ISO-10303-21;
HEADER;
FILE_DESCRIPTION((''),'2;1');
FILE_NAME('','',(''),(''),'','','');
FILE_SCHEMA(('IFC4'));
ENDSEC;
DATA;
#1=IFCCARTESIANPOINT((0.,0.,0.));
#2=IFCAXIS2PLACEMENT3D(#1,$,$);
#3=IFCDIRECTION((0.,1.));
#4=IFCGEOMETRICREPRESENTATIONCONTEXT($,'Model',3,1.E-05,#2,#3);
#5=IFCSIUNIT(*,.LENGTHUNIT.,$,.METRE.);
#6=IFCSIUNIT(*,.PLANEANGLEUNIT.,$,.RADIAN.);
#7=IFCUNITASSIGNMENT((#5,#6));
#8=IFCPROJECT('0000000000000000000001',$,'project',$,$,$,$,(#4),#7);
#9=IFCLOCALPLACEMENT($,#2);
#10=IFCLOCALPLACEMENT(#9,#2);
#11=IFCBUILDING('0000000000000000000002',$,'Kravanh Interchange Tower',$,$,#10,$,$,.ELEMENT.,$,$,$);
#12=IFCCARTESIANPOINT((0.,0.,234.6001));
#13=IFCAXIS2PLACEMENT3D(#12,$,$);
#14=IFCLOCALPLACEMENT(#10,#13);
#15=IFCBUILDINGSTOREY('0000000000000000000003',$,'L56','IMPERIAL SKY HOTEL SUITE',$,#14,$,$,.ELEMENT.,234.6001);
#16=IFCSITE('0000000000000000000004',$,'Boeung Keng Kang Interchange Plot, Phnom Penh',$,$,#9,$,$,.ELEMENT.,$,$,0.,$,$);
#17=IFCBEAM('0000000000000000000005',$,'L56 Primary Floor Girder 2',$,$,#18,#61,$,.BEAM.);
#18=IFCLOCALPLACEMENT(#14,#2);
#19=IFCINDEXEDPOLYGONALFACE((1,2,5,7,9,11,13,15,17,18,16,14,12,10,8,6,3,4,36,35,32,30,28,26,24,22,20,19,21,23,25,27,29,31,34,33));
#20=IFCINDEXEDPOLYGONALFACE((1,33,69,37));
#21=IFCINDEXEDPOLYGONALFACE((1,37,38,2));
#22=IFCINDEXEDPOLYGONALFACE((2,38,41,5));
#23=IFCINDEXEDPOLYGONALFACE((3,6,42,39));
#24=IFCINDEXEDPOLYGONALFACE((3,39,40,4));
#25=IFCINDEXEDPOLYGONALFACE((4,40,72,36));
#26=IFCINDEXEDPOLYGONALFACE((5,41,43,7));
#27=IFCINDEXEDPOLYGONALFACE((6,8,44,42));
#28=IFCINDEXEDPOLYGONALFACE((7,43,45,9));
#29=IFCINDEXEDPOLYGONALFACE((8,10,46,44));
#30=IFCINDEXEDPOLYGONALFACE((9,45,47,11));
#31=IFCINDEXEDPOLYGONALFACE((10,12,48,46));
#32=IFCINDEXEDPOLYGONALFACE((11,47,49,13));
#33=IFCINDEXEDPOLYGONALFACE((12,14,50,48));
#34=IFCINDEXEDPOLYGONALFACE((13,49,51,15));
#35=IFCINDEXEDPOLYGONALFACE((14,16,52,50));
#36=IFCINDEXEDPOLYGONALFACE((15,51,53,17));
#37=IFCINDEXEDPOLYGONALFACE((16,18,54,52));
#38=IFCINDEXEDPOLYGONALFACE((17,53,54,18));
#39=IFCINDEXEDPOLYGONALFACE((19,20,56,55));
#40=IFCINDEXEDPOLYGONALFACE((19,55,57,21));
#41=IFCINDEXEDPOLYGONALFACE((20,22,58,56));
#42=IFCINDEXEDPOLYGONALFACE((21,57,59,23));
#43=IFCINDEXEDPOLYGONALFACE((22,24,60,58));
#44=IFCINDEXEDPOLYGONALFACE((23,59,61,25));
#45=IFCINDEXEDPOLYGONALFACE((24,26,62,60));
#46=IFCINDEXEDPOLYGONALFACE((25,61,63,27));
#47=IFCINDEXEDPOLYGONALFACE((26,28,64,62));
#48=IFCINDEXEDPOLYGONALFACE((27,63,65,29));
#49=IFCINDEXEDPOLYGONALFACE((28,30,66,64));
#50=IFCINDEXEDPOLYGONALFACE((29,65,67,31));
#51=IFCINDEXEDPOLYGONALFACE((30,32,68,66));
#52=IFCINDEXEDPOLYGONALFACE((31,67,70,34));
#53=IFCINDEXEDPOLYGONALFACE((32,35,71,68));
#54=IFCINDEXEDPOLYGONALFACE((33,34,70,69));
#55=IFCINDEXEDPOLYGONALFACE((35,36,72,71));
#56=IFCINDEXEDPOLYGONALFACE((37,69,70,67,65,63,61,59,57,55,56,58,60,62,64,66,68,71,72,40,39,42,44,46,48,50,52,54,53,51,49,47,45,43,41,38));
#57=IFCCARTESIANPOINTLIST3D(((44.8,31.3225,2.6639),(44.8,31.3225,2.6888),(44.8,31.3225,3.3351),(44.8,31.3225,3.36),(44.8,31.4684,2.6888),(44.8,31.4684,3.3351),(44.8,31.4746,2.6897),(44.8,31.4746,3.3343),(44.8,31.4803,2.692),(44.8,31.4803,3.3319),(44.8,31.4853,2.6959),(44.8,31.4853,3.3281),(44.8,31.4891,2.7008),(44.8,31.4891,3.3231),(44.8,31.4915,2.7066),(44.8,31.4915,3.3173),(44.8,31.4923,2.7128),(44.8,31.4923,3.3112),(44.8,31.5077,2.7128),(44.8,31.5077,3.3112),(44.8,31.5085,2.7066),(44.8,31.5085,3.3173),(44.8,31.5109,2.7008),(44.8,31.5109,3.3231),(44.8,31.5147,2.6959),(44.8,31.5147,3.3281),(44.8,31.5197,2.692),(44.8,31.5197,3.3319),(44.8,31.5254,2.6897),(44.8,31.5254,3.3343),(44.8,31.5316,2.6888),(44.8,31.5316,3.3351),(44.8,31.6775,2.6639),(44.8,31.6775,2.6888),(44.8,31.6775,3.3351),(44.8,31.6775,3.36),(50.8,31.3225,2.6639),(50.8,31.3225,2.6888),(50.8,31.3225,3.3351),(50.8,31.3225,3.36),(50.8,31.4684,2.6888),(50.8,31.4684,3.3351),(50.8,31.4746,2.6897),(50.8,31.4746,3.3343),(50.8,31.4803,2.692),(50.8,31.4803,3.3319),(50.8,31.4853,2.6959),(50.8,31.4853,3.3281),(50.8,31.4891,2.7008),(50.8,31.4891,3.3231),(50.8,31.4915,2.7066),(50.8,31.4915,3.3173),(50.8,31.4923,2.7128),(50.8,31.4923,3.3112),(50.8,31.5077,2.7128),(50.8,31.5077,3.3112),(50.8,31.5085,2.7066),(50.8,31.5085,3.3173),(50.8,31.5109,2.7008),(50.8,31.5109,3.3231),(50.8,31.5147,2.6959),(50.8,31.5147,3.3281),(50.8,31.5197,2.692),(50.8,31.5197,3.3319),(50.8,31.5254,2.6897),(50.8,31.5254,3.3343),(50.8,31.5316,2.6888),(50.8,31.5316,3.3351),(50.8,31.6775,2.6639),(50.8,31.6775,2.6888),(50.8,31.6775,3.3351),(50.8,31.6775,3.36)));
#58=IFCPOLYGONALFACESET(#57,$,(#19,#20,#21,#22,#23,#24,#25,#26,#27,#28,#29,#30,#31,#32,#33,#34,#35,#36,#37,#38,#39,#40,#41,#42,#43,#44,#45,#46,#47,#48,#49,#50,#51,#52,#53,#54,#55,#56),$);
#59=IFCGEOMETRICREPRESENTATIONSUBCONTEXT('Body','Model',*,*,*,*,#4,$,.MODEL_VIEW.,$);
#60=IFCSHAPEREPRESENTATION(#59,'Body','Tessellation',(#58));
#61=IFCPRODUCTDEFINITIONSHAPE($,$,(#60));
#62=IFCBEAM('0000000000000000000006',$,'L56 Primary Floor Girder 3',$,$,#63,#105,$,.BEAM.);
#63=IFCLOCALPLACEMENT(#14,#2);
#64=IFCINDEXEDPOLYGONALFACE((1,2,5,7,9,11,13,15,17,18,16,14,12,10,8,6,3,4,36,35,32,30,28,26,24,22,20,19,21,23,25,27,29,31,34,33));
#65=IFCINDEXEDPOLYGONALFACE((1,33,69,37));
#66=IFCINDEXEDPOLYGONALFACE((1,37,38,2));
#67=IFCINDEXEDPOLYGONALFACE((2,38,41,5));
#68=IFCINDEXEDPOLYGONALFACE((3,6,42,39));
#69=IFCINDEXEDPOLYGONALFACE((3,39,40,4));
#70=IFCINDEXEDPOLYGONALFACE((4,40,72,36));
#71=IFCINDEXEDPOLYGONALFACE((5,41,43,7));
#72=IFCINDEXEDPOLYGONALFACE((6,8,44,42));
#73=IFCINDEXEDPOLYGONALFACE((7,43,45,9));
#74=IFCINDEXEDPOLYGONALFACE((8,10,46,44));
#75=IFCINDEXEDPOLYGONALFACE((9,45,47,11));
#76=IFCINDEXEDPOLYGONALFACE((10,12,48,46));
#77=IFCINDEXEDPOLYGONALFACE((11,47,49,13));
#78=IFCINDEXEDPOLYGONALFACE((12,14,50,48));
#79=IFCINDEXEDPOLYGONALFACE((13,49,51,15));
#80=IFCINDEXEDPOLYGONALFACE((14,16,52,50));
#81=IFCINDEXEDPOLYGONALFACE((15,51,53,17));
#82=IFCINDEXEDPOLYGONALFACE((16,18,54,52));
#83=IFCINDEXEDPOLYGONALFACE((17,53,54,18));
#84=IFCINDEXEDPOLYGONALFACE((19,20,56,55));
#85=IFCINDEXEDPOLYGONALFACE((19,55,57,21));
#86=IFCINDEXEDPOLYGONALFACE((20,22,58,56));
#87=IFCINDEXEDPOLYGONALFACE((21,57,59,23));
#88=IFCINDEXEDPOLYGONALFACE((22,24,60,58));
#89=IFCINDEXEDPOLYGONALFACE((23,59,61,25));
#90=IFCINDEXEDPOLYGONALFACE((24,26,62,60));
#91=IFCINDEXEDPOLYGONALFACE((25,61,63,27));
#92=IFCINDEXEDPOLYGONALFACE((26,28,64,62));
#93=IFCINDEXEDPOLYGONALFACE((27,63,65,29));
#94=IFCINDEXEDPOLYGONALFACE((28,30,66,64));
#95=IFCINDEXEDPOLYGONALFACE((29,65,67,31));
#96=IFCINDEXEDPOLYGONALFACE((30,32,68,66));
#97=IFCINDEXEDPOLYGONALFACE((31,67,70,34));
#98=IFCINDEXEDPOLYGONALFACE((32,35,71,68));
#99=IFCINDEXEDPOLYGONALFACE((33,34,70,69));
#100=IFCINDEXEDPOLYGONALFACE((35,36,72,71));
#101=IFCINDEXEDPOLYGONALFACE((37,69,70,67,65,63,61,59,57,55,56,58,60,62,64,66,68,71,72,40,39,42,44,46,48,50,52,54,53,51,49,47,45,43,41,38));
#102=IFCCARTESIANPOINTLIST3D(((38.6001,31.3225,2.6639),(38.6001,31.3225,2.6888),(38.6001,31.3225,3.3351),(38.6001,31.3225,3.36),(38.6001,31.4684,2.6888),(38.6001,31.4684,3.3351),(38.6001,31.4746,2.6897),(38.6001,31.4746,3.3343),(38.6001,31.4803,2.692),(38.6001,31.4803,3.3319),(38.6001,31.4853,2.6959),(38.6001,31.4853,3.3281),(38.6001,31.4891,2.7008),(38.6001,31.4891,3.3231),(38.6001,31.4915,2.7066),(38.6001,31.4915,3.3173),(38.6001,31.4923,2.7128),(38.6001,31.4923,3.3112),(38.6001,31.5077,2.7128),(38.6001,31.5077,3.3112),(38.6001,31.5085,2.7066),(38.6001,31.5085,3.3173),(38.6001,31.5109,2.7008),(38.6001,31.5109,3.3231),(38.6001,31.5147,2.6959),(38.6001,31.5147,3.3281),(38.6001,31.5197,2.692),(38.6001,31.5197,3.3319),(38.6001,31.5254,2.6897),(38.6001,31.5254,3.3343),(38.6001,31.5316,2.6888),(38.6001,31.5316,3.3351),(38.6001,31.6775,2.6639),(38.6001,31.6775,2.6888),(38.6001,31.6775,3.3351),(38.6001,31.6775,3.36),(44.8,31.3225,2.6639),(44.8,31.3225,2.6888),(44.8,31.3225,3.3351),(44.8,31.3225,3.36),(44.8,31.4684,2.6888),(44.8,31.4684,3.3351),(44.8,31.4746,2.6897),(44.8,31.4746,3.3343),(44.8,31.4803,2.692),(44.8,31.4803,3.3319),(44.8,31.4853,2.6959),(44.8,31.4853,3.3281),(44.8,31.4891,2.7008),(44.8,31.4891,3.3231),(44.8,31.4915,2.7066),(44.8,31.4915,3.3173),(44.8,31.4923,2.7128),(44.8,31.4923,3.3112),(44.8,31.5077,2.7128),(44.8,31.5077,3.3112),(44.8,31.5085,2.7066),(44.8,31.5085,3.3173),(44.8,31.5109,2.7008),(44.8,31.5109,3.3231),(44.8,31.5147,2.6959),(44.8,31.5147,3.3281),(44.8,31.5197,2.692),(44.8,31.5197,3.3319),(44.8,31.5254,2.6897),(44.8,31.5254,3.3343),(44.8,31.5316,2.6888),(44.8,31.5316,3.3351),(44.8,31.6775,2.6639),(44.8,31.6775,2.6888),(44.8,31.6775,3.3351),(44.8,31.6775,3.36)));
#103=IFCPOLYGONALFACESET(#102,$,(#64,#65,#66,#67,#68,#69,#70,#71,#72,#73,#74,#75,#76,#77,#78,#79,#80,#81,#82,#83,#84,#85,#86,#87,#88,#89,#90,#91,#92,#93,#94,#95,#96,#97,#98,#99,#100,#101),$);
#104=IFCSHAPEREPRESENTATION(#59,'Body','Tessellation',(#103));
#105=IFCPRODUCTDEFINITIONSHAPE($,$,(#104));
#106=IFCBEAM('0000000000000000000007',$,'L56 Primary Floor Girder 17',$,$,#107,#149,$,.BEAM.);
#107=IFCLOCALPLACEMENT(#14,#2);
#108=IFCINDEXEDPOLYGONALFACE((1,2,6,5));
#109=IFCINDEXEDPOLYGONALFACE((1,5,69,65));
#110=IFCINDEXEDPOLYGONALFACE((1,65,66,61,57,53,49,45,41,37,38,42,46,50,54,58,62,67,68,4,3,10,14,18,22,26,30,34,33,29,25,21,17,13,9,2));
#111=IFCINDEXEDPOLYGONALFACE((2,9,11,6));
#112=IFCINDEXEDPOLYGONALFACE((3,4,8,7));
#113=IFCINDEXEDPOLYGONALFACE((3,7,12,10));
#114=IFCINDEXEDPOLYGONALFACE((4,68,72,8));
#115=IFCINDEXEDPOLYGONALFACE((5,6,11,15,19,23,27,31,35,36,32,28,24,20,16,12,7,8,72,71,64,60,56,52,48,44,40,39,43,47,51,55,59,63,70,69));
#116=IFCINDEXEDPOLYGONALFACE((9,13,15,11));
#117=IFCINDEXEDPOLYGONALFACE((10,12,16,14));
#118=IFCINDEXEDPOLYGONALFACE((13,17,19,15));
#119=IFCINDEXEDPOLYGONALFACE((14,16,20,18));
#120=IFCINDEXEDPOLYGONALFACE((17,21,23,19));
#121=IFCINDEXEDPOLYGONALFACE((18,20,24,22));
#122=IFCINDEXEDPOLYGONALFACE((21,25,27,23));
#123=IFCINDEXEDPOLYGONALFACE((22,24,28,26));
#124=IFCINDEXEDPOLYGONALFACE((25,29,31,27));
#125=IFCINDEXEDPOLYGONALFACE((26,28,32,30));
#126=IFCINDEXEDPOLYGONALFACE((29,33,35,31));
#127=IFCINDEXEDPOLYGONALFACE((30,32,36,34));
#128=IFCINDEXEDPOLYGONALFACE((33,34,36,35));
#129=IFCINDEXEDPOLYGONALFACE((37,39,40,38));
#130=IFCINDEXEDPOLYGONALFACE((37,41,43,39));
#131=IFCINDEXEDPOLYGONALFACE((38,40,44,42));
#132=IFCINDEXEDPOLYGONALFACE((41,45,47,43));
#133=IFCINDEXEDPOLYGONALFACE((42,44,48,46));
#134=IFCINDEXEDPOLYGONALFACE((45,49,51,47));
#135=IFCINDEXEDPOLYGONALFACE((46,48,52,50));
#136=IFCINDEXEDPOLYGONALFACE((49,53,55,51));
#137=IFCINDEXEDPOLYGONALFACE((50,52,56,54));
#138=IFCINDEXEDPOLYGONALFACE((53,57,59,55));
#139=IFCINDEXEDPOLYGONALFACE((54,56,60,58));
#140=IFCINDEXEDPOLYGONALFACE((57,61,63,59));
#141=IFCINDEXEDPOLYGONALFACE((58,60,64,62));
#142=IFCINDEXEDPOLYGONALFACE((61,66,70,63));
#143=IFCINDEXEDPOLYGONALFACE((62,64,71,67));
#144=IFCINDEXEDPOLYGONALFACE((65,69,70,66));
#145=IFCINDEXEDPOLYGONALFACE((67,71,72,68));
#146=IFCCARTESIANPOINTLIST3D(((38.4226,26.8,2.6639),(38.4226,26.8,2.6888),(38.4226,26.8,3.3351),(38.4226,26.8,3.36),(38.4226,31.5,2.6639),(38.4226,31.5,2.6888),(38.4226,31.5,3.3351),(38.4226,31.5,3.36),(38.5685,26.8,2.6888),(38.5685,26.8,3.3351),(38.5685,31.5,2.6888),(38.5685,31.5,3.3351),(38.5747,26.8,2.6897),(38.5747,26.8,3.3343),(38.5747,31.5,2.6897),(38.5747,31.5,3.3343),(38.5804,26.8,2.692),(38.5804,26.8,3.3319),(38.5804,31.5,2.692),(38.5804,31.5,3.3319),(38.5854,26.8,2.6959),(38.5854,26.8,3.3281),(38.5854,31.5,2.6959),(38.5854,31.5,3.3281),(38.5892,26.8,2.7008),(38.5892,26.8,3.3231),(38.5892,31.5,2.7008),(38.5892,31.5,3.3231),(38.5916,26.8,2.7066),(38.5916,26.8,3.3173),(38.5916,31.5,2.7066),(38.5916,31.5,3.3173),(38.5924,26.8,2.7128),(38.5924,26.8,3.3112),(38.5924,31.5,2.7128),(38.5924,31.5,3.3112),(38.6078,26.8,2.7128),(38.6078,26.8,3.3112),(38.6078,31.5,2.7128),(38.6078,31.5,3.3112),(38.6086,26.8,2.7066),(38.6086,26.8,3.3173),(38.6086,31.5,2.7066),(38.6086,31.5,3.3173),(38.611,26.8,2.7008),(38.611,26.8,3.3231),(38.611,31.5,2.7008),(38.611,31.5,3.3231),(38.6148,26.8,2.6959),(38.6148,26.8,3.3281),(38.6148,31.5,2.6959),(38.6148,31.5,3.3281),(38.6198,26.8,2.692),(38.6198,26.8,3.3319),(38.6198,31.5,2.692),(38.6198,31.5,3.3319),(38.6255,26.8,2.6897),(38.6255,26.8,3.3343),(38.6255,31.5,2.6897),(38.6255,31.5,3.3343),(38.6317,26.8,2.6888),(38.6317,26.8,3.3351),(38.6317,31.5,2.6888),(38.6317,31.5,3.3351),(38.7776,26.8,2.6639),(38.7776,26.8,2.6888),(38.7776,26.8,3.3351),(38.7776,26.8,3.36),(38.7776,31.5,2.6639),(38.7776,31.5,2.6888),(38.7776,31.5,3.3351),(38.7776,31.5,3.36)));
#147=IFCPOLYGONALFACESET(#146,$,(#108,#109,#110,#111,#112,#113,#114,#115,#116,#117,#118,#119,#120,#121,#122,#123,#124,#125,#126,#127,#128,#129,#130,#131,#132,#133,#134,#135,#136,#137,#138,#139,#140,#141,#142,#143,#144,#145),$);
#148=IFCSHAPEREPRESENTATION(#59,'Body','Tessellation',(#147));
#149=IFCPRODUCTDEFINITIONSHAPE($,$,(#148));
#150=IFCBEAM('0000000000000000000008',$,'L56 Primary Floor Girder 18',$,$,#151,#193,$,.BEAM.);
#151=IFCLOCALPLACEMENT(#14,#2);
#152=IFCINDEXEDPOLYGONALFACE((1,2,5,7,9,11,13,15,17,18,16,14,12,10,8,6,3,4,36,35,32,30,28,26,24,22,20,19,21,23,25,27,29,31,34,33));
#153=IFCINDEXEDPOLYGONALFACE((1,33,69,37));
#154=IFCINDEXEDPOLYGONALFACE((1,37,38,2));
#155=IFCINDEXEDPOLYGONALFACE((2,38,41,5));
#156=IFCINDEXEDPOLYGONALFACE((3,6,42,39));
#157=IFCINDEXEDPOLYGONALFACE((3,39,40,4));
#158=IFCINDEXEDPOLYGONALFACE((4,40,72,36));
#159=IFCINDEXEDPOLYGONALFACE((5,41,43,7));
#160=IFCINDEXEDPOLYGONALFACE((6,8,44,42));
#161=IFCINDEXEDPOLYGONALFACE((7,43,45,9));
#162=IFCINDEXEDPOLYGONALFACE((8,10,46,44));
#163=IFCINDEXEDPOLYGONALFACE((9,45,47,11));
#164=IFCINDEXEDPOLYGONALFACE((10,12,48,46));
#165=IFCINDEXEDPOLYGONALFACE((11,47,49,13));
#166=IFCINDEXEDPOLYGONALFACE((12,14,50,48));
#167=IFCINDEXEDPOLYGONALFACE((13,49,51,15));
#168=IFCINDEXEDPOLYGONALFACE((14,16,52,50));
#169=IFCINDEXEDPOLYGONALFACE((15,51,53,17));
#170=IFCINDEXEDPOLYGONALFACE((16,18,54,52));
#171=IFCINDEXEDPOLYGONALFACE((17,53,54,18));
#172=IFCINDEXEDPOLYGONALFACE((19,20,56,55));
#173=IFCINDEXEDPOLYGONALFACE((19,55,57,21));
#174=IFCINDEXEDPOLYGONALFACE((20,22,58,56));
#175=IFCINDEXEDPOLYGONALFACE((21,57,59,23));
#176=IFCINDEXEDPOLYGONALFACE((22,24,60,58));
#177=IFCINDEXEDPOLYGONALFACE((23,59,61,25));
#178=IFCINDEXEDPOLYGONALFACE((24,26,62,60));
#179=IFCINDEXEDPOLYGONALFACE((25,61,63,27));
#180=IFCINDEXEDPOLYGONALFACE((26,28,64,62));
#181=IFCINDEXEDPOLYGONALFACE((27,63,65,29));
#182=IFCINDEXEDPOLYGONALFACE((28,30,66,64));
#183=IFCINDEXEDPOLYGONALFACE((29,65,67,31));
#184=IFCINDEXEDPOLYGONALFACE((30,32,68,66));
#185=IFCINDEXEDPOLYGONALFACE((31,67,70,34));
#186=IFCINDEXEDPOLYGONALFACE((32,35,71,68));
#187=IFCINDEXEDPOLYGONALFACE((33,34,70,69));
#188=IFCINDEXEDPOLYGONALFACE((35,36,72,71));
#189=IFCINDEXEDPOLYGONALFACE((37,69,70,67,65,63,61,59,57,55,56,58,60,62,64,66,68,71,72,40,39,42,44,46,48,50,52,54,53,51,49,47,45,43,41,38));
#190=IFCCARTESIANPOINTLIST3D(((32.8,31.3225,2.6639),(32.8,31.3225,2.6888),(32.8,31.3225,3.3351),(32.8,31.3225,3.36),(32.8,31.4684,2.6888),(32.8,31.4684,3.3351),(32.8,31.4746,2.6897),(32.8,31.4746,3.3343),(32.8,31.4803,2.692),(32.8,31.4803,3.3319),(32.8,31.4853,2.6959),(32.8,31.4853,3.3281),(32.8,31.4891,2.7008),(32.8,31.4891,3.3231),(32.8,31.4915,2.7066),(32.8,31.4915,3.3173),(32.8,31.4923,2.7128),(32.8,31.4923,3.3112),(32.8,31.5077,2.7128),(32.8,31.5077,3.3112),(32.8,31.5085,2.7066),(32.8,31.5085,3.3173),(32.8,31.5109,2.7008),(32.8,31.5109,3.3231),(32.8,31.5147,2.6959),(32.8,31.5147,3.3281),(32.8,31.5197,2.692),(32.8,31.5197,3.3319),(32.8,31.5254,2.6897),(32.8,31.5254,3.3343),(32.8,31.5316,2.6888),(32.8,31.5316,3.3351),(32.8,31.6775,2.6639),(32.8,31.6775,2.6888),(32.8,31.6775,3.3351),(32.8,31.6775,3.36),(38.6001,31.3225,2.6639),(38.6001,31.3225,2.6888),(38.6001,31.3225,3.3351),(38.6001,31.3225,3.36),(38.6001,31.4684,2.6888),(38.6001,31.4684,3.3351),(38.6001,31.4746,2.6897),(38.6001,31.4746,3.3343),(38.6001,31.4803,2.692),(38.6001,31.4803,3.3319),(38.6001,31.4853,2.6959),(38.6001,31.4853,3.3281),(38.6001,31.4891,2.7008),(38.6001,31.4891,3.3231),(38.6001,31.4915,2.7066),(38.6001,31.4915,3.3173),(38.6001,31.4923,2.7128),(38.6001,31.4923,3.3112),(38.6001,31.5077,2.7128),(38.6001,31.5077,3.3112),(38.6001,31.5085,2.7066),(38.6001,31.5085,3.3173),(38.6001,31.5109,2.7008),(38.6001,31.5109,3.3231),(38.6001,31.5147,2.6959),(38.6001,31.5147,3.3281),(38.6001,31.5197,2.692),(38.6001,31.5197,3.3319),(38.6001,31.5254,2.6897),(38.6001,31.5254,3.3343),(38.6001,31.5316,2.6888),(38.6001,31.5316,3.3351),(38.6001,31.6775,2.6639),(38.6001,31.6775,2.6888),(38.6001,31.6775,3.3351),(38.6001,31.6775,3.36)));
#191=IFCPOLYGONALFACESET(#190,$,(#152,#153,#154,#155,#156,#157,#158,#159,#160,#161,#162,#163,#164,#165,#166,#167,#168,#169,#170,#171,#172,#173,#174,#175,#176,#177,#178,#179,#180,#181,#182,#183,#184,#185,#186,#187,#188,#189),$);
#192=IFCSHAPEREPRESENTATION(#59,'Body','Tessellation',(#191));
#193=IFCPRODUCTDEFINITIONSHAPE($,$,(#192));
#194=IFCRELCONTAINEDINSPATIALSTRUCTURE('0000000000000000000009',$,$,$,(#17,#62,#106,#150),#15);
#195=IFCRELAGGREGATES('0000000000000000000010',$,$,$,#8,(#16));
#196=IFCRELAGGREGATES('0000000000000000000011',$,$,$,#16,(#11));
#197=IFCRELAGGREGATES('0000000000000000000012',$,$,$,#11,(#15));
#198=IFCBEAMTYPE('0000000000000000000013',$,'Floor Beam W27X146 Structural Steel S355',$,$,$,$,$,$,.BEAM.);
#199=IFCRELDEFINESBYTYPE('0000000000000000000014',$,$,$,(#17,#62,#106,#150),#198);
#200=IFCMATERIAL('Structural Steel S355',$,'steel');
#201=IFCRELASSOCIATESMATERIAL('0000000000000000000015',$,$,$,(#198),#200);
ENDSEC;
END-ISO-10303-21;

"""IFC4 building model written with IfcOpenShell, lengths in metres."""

from ifc_helpers import new_model, si_unit, direction, frame, origin, origin_2d, place, context, subcontext, project, spatial, i_section, extrude, material, material_profile, profile_set, type_object, element, save


model = new_model("IFC4")

# Units and contexts
model_context = context("Model", 3, precision=1e-05, world=origin(), true_north=direction((0.0, 1.0)))
body_context = subcontext(model_context, "Body", "Model", "MODEL_VIEW")
ifc_project = project(units=[si_unit("LENGTHUNIT", "METRE"), si_unit("PLANEANGLEUNIT", "RADIAN")], contexts=[model_context])

# Site, building, storey
site_placement = place(None, origin())
site = spatial("IfcSite", under=ifc_project, at=site_placement, Name="Boeung Keng Kang Interchange Plot, Phnom Penh", CompositionType="ELEMENT", RefElevation=0.0)
building_placement = place(site_placement, origin())
building = spatial("IfcBuilding", under=site, at=building_placement, Name="Kravanh Interchange Tower", CompositionType="ELEMENT")
storey_placement = place(building_placement, frame((0.0, 0.0, 234.6001)))
storey = spatial("IfcBuildingStorey", under=building, at=storey_placement, Name="L56", Description="IMPERIAL SKY HOTEL SUITE", CompositionType="ELEMENT", Elevation=234.6001)

# Beams
ifc_material_1 = material(Name="Structural Steel S355", Category="steel")
ifc_material_profile_1 = material_profile(ifc_material_1, i_section(OverallWidth=0.355, OverallDepth=0.696, WebThickness=0.0154, FlangeThickness=0.0249, FilletRadius=0.0239, at=origin_2d()), Name="W27X146")
ifc_profile_set_1 = profile_set([ifc_material_profile_1], Name="Structural Steel S355")
beam_type_1 = type_object("IfcBeamType", Name="Floor Beam W27X146 Structural Steel S355", PredefinedType="BEAM", material=ifc_profile_set_1)
beam_1_placement = place(storey_placement, frame((44.8, 31.5, 3.012), z_axis=(1.0, 0.0, 0.0), x_axis=(0.0, 1.0, 0.0)))
element("IfcBeam", 1, at=beam_1_placement, inside=storey, type_object=beam_type_1, Name="L56 Primary Floor Girder 2", PredefinedType="BEAM", context=body_context, shape_type="SweptSolid", body=[
    extrude(i_section(OverallWidth=0.355, OverallDepth=0.696, WebThickness=0.0154, FlangeThickness=0.0249, FilletRadius=0.0239, at=origin_2d()), origin(), (0.0, 0.0, 1.0), 6.0),
])
beam_2_placement = place(storey_placement, frame((44.8, 31.5, 3.012), z_axis=(-1.0, 0.0, 0.0), x_axis=(0.0, -1.0, 0.0)))
element("IfcBeam", 2, at=beam_2_placement, inside=storey, type_object=beam_type_1, Name="L56 Primary Floor Girder 3", PredefinedType="BEAM", context=body_context, shape_type="SweptSolid", body=[
    extrude(i_section(OverallWidth=0.355, OverallDepth=0.696, WebThickness=0.0154, FlangeThickness=0.0249, FilletRadius=0.0239, at=origin_2d()), origin(), (0.0, 0.0, 1.0), 6.2),
])
beam_3_placement = place(storey_placement, frame((38.6001, 31.5, 3.012), z_axis=(0.0, -1.0, 0.0), x_axis=(1.0, 0.0, 0.0)))
element("IfcBeam", 3, at=beam_3_placement, inside=storey, type_object=beam_type_1, Name="L56 Primary Floor Girder 17", PredefinedType="BEAM", context=body_context, shape_type="SweptSolid", body=[
    extrude(i_section(OverallWidth=0.355, OverallDepth=0.696, WebThickness=0.0154, FlangeThickness=0.0249, FilletRadius=0.0239, at=origin_2d()), origin(), (0.0, 0.0, 1.0), 4.7),
])
beam_4_placement = place(storey_placement, frame((38.6001, 31.5, 3.012), z_axis=(-1.0, 0.0, 0.0), x_axis=(0.0, -1.0, 0.0)))
element("IfcBeam", 4, at=beam_4_placement, inside=storey, type_object=beam_type_1, Name="L56 Primary Floor Girder 18", PredefinedType="BEAM", context=body_context, shape_type="SweptSolid", body=[
    extrude(i_section(OverallWidth=0.355, OverallDepth=0.696, WebThickness=0.0154, FlangeThickness=0.0249, FilletRadius=0.0239, at=origin_2d()), origin(), (0.0, 0.0, 1.0), 5.8),
])

save(model, "model.ifc")
